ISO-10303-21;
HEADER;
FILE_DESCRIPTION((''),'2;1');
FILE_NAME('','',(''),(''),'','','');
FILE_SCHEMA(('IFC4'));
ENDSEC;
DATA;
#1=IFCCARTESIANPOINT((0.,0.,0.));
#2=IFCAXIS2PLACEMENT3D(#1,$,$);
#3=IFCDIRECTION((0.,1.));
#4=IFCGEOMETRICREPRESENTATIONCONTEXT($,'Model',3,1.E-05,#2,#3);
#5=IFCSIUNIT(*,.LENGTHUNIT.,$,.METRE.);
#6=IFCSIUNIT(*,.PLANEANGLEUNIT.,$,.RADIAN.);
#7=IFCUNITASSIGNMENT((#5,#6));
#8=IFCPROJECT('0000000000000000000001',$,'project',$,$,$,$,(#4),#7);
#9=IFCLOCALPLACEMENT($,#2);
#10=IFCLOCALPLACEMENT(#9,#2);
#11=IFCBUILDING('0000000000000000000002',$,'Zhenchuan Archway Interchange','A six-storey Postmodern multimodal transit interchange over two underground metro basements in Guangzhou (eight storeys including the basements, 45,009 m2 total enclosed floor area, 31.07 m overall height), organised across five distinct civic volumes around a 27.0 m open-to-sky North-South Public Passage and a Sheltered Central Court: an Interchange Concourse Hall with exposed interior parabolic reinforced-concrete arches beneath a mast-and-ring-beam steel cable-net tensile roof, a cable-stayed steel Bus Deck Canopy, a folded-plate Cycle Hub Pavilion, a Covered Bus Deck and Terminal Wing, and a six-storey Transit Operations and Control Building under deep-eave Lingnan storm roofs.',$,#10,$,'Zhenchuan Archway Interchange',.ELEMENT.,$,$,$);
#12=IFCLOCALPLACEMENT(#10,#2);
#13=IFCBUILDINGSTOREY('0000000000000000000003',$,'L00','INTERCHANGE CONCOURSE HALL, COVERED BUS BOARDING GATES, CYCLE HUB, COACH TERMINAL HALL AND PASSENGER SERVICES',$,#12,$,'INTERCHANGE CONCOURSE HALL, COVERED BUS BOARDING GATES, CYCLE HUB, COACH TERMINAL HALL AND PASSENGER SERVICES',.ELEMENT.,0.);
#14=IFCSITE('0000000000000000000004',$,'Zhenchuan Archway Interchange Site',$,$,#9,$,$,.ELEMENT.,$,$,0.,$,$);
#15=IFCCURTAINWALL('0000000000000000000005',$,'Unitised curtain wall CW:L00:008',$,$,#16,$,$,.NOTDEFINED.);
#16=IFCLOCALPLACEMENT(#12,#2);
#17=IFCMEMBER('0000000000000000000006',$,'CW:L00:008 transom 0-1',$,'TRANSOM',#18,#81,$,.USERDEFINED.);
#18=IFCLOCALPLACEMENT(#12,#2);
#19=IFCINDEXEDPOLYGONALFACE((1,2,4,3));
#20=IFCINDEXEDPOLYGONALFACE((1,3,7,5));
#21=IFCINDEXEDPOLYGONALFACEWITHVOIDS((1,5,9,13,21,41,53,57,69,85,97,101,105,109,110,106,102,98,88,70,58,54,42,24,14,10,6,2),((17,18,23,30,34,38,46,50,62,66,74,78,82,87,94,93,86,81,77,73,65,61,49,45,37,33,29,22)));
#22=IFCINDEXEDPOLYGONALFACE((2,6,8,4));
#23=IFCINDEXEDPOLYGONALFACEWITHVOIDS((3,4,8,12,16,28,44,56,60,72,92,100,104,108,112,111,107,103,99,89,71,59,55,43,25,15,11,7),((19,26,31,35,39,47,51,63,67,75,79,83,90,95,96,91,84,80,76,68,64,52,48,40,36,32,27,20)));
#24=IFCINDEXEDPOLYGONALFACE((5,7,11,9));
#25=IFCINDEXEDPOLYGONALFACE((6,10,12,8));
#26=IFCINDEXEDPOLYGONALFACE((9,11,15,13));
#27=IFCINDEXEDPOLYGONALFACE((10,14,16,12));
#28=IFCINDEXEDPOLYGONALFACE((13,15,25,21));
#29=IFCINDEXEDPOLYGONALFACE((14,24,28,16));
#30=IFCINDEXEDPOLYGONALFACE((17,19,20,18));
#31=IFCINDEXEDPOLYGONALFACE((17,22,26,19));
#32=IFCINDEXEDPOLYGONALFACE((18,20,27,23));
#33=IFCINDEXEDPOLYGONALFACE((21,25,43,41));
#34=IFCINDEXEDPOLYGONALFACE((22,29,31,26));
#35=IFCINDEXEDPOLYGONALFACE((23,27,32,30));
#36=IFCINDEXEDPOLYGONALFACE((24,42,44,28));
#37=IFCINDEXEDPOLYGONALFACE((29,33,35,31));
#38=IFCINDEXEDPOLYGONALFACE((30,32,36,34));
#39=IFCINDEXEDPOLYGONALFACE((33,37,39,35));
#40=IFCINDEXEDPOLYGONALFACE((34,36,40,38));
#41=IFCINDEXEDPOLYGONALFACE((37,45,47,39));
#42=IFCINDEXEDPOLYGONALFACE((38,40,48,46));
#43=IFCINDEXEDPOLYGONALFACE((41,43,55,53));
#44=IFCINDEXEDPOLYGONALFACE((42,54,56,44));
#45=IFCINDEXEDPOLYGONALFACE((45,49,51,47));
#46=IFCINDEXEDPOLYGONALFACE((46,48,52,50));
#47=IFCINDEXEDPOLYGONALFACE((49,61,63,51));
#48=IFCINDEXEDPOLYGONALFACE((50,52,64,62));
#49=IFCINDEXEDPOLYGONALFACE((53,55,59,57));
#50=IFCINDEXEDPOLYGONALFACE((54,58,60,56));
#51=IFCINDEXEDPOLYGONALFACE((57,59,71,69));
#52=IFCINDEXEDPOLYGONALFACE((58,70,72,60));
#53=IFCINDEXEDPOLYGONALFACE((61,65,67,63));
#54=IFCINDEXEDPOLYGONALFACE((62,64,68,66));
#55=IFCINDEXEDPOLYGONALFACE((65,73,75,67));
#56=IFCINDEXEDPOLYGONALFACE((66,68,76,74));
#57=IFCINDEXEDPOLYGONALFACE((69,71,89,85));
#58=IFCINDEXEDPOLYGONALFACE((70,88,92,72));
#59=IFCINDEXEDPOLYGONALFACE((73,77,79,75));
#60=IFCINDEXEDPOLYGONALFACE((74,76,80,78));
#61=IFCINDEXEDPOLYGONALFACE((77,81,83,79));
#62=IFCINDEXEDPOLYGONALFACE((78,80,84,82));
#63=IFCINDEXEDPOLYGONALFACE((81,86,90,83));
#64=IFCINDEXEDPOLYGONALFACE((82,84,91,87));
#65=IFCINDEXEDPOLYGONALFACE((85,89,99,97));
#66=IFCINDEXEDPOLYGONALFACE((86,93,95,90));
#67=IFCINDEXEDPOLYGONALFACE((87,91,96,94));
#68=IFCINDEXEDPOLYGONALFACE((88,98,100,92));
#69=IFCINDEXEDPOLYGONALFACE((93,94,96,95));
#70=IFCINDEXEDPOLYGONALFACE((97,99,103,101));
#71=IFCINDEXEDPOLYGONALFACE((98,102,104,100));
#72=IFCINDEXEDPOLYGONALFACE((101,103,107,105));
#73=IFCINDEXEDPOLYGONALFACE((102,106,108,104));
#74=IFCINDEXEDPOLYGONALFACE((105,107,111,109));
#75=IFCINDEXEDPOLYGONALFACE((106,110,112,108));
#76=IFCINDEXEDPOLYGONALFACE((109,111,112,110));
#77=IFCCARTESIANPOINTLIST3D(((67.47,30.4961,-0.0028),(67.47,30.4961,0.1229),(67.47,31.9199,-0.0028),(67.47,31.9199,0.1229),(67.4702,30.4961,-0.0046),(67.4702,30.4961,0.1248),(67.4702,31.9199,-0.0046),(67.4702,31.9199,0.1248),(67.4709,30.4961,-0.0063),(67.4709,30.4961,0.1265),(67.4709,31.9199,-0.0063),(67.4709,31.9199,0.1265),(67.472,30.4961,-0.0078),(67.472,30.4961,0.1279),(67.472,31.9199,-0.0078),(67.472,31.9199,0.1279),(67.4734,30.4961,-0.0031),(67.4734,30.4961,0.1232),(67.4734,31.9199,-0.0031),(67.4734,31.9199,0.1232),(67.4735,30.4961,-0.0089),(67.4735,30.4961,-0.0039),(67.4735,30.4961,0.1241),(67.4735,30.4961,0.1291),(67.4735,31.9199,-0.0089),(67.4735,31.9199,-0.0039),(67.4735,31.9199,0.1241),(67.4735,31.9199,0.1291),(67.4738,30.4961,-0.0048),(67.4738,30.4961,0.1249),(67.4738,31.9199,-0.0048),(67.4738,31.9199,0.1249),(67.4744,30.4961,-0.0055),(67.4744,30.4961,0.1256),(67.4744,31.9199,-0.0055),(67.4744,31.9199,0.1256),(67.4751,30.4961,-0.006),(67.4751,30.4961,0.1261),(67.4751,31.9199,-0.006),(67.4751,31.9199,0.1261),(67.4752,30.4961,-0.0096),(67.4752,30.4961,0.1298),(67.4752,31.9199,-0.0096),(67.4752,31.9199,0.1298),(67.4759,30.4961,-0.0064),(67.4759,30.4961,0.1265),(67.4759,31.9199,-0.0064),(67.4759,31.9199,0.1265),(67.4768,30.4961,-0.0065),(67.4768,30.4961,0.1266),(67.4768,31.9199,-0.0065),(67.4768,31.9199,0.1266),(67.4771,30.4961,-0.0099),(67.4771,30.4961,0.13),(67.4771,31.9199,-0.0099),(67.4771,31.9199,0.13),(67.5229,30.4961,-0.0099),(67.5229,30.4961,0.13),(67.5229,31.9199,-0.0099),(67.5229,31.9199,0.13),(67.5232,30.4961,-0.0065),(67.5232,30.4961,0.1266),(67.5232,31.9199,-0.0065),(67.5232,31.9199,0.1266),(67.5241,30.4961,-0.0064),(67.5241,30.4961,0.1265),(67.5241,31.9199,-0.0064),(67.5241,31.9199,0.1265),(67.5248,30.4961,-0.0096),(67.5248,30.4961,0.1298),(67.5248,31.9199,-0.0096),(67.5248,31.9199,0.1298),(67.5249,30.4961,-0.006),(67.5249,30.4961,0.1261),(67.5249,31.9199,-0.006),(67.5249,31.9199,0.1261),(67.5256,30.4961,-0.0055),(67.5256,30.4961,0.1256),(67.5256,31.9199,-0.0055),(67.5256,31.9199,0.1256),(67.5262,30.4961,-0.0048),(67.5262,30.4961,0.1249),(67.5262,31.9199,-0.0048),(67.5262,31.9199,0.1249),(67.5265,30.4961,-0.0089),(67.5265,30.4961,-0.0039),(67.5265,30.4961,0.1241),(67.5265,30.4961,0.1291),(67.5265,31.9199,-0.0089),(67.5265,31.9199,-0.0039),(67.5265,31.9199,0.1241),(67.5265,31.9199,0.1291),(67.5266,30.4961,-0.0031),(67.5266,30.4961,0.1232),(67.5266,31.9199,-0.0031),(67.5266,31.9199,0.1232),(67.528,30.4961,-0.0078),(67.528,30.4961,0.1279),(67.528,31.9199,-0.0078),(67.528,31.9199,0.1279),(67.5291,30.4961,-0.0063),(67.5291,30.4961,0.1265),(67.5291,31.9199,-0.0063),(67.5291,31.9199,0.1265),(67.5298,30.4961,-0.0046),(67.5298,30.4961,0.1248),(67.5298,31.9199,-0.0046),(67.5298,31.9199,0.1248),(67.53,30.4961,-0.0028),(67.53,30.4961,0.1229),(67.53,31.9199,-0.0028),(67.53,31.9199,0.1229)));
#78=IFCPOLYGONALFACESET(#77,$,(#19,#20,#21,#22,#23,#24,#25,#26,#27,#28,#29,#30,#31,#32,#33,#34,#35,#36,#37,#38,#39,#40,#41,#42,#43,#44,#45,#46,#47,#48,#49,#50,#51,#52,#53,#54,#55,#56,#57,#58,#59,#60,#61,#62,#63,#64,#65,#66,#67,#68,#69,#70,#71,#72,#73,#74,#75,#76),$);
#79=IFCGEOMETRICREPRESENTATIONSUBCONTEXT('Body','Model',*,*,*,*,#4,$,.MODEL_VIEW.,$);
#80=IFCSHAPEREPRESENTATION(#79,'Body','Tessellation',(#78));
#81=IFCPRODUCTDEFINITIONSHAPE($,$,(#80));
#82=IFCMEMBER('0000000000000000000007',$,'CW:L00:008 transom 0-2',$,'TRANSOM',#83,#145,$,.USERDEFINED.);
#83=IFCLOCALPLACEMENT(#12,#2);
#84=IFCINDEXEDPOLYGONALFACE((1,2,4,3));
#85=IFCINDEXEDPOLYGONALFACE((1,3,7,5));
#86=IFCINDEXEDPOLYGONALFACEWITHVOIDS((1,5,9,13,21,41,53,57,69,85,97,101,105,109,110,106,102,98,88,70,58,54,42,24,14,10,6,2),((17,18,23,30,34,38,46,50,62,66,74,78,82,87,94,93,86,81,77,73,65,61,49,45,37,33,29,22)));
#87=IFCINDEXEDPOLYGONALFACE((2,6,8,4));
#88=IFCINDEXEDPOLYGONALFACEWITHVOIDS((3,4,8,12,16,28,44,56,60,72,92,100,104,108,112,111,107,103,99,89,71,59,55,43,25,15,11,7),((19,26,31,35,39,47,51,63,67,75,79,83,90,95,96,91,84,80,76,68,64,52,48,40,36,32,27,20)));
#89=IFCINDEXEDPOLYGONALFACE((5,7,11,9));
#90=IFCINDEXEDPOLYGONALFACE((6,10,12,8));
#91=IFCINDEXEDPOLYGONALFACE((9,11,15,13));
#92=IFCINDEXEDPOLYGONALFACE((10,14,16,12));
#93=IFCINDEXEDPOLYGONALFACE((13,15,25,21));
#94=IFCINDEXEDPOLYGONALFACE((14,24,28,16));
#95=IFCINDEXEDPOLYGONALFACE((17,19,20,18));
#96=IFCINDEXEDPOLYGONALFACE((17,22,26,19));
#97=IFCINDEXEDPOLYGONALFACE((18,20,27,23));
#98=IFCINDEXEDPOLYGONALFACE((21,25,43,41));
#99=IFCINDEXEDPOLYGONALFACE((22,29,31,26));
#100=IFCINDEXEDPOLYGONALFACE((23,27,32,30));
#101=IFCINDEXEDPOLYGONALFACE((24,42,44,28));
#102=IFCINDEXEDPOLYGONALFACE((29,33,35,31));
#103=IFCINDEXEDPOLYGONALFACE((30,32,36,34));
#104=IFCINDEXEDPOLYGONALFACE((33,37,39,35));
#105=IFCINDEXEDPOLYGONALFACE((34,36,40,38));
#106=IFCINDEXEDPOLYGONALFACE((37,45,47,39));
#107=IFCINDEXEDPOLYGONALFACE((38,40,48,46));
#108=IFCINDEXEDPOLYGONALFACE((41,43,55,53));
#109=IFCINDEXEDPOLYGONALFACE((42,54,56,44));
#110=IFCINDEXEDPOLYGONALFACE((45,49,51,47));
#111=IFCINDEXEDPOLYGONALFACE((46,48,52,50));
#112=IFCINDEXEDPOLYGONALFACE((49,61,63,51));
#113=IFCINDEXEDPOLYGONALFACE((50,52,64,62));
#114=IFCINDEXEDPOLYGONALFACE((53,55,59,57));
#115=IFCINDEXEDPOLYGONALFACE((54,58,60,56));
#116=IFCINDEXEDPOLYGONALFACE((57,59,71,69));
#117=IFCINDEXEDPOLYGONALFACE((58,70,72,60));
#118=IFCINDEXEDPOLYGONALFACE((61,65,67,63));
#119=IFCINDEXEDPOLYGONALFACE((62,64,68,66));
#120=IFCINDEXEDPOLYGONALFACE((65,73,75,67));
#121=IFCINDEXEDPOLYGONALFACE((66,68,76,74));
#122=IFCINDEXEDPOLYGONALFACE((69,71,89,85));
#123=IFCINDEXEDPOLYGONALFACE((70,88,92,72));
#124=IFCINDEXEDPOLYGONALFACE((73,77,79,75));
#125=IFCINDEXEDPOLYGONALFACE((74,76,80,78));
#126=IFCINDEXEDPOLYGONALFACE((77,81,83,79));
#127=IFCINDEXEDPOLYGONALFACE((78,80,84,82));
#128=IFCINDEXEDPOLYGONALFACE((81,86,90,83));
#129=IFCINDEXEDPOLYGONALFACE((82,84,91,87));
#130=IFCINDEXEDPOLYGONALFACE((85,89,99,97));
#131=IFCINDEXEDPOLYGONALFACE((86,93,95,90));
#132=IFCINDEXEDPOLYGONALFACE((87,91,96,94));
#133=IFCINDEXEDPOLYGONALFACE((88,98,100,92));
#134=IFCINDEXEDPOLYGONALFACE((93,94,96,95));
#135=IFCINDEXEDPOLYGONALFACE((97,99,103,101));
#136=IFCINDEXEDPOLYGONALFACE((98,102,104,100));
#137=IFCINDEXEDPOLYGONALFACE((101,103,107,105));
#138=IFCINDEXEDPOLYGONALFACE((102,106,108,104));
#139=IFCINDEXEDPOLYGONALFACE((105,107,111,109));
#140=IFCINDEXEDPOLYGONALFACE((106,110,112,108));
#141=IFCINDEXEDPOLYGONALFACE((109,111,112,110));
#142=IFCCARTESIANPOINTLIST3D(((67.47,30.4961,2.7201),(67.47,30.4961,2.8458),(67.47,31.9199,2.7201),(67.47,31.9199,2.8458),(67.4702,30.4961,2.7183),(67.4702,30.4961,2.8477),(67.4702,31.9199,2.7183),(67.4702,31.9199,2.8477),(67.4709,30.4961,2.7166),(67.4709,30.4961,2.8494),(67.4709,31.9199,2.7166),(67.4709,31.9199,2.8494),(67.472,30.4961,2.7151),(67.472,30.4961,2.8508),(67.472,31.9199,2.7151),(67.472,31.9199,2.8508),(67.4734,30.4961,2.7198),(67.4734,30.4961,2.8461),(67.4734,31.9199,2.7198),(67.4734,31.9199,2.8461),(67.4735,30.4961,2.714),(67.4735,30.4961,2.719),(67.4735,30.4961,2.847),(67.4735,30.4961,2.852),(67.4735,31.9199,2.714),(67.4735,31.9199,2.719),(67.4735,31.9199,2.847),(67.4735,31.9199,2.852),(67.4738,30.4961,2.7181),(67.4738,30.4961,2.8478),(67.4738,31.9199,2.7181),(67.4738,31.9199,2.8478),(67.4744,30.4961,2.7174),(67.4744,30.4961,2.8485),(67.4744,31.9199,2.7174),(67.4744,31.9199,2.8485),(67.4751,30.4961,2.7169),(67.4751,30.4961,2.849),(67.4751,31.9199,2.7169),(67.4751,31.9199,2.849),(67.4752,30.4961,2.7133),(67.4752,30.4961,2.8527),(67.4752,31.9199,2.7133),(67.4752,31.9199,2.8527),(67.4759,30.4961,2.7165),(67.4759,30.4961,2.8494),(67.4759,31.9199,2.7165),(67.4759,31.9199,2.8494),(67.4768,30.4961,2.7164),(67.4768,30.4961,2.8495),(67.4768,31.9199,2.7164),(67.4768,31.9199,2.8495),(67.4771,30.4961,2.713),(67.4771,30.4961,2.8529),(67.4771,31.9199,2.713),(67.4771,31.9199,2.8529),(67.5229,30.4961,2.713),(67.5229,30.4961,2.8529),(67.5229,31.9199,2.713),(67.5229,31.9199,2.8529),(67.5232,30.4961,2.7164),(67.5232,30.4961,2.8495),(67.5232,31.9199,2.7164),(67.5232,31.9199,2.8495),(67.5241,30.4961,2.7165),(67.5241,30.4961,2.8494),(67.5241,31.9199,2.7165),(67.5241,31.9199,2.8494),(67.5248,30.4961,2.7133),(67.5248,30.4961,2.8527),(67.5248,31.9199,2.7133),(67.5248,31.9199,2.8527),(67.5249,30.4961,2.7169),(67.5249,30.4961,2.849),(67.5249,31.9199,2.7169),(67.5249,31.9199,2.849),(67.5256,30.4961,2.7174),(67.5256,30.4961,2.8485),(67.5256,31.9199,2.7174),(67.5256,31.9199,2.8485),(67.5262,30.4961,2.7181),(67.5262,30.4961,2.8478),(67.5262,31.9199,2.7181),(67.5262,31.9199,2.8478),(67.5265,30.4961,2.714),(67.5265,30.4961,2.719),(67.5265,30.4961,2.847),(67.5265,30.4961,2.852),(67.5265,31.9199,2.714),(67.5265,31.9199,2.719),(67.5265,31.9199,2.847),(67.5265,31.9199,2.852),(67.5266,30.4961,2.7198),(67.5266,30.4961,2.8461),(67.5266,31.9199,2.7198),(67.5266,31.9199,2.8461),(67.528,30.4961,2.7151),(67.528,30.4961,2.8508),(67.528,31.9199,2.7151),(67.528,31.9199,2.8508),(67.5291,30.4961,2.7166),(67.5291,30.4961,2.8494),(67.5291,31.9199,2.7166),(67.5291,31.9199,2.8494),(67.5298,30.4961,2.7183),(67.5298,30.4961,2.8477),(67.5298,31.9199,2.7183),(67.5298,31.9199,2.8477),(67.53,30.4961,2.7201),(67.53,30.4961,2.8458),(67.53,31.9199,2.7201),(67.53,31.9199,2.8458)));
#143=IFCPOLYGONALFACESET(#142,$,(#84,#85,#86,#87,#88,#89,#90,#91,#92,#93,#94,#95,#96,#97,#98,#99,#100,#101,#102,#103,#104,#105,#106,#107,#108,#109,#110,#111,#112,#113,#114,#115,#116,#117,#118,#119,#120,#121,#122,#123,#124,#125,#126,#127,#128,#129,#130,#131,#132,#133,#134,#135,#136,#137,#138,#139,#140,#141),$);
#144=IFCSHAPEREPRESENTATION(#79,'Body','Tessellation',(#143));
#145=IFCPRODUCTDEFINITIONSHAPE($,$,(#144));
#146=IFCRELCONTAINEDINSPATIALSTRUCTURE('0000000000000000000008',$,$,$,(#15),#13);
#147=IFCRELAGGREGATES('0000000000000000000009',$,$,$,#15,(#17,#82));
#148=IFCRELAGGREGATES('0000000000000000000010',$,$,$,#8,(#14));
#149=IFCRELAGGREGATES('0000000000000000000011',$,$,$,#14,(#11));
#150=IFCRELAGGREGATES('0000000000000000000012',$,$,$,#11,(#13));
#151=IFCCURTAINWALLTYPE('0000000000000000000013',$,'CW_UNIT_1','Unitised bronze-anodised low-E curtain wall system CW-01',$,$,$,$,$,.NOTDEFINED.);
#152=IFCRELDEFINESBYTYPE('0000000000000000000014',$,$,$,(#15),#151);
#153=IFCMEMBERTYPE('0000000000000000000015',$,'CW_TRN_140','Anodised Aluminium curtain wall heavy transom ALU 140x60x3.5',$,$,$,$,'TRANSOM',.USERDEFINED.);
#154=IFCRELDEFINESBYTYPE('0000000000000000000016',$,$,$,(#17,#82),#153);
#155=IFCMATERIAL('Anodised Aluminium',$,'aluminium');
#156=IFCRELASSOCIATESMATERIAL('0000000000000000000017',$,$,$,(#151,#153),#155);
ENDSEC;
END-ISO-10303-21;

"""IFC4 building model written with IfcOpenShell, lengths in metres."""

from ifc_helpers import new_model, si_unit, direction, frame, origin, origin_2d, place, context, subcontext, project, spatial, hollow_rectangle, extrude, material, material_profile, profile_set, type_object, element, aggregate, save


model = new_model("IFC4")

# Units and contexts
model_context = context("Model", 3, precision=1e-05, world=origin(), true_north=direction((0.0, 1.0)))
body_context = subcontext(model_context, "Body", "Model", "MODEL_VIEW")
ifc_project = project(units=[si_unit("LENGTHUNIT", "METRE"), si_unit("PLANEANGLEUNIT", "RADIAN")], contexts=[model_context])

# Site, building, storey
site_placement = place(None, origin())
site = spatial("IfcSite", under=ifc_project, at=site_placement, Name="Zhenchuan Archway Interchange Site", CompositionType="ELEMENT", RefElevation=0.0)
building_placement = place(site_placement, origin())
building = spatial("IfcBuilding", under=site, at=building_placement, Name="Zhenchuan Archway Interchange", Description="A six-storey Postmodern multimodal transit interchange over two underground metro basements in Guangzhou (eight storeys including the basements, 45,009 m2 total enclosed floor area, 31.07 m overall height), organised across five distinct civic volumes around a 27.0 m open-to-sky North-South Public Passage and a Sheltered Central Court: an Interchange Concourse Hall with exposed interior parabolic reinforced-concrete arches beneath a mast-and-ring-beam steel cable-net tensile roof, a cable-stayed steel Bus Deck Canopy, a folded-plate Cycle Hub Pavilion, a Covered Bus Deck and Terminal Wing, and a six-storey Transit Operations and Control Building under deep-eave Lingnan storm roofs.", LongName="Zhenchuan Archway Interchange", CompositionType="ELEMENT")
storey_placement = place(building_placement, origin())
storey = spatial("IfcBuildingStorey", under=building, at=storey_placement, Name="L00", Description="INTERCHANGE CONCOURSE HALL, COVERED BUS BOARDING GATES, CYCLE HUB, COACH TERMINAL HALL AND PASSENGER SERVICES", LongName="INTERCHANGE CONCOURSE HALL, COVERED BUS BOARDING GATES, CYCLE HUB, COACH TERMINAL HALL AND PASSENGER SERVICES", CompositionType="ELEMENT", Elevation=0.0)

# Curtain wall, members
ifc_material_1 = material(Name="Anodised Aluminium", Category="aluminium")
curtain_wall_type = type_object("IfcCurtainWallType", Name="CW_UNIT_1", Description="Unitised bronze-anodised low-E curtain wall system CW-01", PredefinedType="NOTDEFINED", material=ifc_material_1)
curtain_wall_placement = place(storey_placement, origin())
curtain_wall = element("IfcCurtainWall", 1, at=curtain_wall_placement, inside=storey, type_object=curtain_wall_type, Name="Unitised curtain wall CW:L00:008", PredefinedType="NOTDEFINED")
ifc_material_profile_1 = material_profile(ifc_material_1, hollow_rectangle(XDim=0.0601, YDim=0.1399, WallThickness=0.0034, InnerFilletRadius=0.0034, OuterFilletRadius=0.0071, at=origin_2d()), Name="ALU 140x60x3.5")
ifc_profile_set_1 = profile_set([ifc_material_profile_1], Name="Anodised Aluminium")
member_type_1 = type_object("IfcMemberType", Name="CW_TRN_140", Description="Anodised Aluminium curtain wall heavy transom ALU 140x60x3.5", ElementType="TRANSOM", PredefinedType="USERDEFINED", material=ifc_profile_set_1)
member_1_placement = place(storey_placement, frame((67.5, 31.9199, 0.0601), z_axis=(0.0, -1.0, 0.0), x_axis=(1.0, 0.0, 0.0)))
member_1 = element("IfcMember", 2, at=member_1_placement, type_object=member_type_1, Name="CW:L00:008 transom 0-1", ObjectType="TRANSOM", PredefinedType="USERDEFINED", context=body_context, shape_type="SweptSolid", body=[
    extrude(hollow_rectangle(XDim=0.0601, YDim=0.1399, WallThickness=0.0034, InnerFilletRadius=0.0034, OuterFilletRadius=0.0071, at=origin_2d()), origin(), (0.0, 0.0, 1.0), 1.4238),
])
member_2_placement = place(storey_placement, frame((67.5, 31.9199, 2.783), z_axis=(0.0, -1.0, 0.0), x_axis=(1.0, 0.0, 0.0)))
member_2 = element("IfcMember", 3, at=member_2_placement, type_object=member_type_1, Name="CW:L00:008 transom 0-2", ObjectType="TRANSOM", PredefinedType="USERDEFINED", context=body_context, shape_type="SweptSolid", body=[
    extrude(hollow_rectangle(XDim=0.0601, YDim=0.1399, WallThickness=0.0034, InnerFilletRadius=0.0034, OuterFilletRadius=0.0071, at=origin_2d()), origin(), (0.0, 0.0, 1.0), 1.4238),
])
aggregate(curtain_wall, [member_1, member_2])

save(model, "model.ifc")
